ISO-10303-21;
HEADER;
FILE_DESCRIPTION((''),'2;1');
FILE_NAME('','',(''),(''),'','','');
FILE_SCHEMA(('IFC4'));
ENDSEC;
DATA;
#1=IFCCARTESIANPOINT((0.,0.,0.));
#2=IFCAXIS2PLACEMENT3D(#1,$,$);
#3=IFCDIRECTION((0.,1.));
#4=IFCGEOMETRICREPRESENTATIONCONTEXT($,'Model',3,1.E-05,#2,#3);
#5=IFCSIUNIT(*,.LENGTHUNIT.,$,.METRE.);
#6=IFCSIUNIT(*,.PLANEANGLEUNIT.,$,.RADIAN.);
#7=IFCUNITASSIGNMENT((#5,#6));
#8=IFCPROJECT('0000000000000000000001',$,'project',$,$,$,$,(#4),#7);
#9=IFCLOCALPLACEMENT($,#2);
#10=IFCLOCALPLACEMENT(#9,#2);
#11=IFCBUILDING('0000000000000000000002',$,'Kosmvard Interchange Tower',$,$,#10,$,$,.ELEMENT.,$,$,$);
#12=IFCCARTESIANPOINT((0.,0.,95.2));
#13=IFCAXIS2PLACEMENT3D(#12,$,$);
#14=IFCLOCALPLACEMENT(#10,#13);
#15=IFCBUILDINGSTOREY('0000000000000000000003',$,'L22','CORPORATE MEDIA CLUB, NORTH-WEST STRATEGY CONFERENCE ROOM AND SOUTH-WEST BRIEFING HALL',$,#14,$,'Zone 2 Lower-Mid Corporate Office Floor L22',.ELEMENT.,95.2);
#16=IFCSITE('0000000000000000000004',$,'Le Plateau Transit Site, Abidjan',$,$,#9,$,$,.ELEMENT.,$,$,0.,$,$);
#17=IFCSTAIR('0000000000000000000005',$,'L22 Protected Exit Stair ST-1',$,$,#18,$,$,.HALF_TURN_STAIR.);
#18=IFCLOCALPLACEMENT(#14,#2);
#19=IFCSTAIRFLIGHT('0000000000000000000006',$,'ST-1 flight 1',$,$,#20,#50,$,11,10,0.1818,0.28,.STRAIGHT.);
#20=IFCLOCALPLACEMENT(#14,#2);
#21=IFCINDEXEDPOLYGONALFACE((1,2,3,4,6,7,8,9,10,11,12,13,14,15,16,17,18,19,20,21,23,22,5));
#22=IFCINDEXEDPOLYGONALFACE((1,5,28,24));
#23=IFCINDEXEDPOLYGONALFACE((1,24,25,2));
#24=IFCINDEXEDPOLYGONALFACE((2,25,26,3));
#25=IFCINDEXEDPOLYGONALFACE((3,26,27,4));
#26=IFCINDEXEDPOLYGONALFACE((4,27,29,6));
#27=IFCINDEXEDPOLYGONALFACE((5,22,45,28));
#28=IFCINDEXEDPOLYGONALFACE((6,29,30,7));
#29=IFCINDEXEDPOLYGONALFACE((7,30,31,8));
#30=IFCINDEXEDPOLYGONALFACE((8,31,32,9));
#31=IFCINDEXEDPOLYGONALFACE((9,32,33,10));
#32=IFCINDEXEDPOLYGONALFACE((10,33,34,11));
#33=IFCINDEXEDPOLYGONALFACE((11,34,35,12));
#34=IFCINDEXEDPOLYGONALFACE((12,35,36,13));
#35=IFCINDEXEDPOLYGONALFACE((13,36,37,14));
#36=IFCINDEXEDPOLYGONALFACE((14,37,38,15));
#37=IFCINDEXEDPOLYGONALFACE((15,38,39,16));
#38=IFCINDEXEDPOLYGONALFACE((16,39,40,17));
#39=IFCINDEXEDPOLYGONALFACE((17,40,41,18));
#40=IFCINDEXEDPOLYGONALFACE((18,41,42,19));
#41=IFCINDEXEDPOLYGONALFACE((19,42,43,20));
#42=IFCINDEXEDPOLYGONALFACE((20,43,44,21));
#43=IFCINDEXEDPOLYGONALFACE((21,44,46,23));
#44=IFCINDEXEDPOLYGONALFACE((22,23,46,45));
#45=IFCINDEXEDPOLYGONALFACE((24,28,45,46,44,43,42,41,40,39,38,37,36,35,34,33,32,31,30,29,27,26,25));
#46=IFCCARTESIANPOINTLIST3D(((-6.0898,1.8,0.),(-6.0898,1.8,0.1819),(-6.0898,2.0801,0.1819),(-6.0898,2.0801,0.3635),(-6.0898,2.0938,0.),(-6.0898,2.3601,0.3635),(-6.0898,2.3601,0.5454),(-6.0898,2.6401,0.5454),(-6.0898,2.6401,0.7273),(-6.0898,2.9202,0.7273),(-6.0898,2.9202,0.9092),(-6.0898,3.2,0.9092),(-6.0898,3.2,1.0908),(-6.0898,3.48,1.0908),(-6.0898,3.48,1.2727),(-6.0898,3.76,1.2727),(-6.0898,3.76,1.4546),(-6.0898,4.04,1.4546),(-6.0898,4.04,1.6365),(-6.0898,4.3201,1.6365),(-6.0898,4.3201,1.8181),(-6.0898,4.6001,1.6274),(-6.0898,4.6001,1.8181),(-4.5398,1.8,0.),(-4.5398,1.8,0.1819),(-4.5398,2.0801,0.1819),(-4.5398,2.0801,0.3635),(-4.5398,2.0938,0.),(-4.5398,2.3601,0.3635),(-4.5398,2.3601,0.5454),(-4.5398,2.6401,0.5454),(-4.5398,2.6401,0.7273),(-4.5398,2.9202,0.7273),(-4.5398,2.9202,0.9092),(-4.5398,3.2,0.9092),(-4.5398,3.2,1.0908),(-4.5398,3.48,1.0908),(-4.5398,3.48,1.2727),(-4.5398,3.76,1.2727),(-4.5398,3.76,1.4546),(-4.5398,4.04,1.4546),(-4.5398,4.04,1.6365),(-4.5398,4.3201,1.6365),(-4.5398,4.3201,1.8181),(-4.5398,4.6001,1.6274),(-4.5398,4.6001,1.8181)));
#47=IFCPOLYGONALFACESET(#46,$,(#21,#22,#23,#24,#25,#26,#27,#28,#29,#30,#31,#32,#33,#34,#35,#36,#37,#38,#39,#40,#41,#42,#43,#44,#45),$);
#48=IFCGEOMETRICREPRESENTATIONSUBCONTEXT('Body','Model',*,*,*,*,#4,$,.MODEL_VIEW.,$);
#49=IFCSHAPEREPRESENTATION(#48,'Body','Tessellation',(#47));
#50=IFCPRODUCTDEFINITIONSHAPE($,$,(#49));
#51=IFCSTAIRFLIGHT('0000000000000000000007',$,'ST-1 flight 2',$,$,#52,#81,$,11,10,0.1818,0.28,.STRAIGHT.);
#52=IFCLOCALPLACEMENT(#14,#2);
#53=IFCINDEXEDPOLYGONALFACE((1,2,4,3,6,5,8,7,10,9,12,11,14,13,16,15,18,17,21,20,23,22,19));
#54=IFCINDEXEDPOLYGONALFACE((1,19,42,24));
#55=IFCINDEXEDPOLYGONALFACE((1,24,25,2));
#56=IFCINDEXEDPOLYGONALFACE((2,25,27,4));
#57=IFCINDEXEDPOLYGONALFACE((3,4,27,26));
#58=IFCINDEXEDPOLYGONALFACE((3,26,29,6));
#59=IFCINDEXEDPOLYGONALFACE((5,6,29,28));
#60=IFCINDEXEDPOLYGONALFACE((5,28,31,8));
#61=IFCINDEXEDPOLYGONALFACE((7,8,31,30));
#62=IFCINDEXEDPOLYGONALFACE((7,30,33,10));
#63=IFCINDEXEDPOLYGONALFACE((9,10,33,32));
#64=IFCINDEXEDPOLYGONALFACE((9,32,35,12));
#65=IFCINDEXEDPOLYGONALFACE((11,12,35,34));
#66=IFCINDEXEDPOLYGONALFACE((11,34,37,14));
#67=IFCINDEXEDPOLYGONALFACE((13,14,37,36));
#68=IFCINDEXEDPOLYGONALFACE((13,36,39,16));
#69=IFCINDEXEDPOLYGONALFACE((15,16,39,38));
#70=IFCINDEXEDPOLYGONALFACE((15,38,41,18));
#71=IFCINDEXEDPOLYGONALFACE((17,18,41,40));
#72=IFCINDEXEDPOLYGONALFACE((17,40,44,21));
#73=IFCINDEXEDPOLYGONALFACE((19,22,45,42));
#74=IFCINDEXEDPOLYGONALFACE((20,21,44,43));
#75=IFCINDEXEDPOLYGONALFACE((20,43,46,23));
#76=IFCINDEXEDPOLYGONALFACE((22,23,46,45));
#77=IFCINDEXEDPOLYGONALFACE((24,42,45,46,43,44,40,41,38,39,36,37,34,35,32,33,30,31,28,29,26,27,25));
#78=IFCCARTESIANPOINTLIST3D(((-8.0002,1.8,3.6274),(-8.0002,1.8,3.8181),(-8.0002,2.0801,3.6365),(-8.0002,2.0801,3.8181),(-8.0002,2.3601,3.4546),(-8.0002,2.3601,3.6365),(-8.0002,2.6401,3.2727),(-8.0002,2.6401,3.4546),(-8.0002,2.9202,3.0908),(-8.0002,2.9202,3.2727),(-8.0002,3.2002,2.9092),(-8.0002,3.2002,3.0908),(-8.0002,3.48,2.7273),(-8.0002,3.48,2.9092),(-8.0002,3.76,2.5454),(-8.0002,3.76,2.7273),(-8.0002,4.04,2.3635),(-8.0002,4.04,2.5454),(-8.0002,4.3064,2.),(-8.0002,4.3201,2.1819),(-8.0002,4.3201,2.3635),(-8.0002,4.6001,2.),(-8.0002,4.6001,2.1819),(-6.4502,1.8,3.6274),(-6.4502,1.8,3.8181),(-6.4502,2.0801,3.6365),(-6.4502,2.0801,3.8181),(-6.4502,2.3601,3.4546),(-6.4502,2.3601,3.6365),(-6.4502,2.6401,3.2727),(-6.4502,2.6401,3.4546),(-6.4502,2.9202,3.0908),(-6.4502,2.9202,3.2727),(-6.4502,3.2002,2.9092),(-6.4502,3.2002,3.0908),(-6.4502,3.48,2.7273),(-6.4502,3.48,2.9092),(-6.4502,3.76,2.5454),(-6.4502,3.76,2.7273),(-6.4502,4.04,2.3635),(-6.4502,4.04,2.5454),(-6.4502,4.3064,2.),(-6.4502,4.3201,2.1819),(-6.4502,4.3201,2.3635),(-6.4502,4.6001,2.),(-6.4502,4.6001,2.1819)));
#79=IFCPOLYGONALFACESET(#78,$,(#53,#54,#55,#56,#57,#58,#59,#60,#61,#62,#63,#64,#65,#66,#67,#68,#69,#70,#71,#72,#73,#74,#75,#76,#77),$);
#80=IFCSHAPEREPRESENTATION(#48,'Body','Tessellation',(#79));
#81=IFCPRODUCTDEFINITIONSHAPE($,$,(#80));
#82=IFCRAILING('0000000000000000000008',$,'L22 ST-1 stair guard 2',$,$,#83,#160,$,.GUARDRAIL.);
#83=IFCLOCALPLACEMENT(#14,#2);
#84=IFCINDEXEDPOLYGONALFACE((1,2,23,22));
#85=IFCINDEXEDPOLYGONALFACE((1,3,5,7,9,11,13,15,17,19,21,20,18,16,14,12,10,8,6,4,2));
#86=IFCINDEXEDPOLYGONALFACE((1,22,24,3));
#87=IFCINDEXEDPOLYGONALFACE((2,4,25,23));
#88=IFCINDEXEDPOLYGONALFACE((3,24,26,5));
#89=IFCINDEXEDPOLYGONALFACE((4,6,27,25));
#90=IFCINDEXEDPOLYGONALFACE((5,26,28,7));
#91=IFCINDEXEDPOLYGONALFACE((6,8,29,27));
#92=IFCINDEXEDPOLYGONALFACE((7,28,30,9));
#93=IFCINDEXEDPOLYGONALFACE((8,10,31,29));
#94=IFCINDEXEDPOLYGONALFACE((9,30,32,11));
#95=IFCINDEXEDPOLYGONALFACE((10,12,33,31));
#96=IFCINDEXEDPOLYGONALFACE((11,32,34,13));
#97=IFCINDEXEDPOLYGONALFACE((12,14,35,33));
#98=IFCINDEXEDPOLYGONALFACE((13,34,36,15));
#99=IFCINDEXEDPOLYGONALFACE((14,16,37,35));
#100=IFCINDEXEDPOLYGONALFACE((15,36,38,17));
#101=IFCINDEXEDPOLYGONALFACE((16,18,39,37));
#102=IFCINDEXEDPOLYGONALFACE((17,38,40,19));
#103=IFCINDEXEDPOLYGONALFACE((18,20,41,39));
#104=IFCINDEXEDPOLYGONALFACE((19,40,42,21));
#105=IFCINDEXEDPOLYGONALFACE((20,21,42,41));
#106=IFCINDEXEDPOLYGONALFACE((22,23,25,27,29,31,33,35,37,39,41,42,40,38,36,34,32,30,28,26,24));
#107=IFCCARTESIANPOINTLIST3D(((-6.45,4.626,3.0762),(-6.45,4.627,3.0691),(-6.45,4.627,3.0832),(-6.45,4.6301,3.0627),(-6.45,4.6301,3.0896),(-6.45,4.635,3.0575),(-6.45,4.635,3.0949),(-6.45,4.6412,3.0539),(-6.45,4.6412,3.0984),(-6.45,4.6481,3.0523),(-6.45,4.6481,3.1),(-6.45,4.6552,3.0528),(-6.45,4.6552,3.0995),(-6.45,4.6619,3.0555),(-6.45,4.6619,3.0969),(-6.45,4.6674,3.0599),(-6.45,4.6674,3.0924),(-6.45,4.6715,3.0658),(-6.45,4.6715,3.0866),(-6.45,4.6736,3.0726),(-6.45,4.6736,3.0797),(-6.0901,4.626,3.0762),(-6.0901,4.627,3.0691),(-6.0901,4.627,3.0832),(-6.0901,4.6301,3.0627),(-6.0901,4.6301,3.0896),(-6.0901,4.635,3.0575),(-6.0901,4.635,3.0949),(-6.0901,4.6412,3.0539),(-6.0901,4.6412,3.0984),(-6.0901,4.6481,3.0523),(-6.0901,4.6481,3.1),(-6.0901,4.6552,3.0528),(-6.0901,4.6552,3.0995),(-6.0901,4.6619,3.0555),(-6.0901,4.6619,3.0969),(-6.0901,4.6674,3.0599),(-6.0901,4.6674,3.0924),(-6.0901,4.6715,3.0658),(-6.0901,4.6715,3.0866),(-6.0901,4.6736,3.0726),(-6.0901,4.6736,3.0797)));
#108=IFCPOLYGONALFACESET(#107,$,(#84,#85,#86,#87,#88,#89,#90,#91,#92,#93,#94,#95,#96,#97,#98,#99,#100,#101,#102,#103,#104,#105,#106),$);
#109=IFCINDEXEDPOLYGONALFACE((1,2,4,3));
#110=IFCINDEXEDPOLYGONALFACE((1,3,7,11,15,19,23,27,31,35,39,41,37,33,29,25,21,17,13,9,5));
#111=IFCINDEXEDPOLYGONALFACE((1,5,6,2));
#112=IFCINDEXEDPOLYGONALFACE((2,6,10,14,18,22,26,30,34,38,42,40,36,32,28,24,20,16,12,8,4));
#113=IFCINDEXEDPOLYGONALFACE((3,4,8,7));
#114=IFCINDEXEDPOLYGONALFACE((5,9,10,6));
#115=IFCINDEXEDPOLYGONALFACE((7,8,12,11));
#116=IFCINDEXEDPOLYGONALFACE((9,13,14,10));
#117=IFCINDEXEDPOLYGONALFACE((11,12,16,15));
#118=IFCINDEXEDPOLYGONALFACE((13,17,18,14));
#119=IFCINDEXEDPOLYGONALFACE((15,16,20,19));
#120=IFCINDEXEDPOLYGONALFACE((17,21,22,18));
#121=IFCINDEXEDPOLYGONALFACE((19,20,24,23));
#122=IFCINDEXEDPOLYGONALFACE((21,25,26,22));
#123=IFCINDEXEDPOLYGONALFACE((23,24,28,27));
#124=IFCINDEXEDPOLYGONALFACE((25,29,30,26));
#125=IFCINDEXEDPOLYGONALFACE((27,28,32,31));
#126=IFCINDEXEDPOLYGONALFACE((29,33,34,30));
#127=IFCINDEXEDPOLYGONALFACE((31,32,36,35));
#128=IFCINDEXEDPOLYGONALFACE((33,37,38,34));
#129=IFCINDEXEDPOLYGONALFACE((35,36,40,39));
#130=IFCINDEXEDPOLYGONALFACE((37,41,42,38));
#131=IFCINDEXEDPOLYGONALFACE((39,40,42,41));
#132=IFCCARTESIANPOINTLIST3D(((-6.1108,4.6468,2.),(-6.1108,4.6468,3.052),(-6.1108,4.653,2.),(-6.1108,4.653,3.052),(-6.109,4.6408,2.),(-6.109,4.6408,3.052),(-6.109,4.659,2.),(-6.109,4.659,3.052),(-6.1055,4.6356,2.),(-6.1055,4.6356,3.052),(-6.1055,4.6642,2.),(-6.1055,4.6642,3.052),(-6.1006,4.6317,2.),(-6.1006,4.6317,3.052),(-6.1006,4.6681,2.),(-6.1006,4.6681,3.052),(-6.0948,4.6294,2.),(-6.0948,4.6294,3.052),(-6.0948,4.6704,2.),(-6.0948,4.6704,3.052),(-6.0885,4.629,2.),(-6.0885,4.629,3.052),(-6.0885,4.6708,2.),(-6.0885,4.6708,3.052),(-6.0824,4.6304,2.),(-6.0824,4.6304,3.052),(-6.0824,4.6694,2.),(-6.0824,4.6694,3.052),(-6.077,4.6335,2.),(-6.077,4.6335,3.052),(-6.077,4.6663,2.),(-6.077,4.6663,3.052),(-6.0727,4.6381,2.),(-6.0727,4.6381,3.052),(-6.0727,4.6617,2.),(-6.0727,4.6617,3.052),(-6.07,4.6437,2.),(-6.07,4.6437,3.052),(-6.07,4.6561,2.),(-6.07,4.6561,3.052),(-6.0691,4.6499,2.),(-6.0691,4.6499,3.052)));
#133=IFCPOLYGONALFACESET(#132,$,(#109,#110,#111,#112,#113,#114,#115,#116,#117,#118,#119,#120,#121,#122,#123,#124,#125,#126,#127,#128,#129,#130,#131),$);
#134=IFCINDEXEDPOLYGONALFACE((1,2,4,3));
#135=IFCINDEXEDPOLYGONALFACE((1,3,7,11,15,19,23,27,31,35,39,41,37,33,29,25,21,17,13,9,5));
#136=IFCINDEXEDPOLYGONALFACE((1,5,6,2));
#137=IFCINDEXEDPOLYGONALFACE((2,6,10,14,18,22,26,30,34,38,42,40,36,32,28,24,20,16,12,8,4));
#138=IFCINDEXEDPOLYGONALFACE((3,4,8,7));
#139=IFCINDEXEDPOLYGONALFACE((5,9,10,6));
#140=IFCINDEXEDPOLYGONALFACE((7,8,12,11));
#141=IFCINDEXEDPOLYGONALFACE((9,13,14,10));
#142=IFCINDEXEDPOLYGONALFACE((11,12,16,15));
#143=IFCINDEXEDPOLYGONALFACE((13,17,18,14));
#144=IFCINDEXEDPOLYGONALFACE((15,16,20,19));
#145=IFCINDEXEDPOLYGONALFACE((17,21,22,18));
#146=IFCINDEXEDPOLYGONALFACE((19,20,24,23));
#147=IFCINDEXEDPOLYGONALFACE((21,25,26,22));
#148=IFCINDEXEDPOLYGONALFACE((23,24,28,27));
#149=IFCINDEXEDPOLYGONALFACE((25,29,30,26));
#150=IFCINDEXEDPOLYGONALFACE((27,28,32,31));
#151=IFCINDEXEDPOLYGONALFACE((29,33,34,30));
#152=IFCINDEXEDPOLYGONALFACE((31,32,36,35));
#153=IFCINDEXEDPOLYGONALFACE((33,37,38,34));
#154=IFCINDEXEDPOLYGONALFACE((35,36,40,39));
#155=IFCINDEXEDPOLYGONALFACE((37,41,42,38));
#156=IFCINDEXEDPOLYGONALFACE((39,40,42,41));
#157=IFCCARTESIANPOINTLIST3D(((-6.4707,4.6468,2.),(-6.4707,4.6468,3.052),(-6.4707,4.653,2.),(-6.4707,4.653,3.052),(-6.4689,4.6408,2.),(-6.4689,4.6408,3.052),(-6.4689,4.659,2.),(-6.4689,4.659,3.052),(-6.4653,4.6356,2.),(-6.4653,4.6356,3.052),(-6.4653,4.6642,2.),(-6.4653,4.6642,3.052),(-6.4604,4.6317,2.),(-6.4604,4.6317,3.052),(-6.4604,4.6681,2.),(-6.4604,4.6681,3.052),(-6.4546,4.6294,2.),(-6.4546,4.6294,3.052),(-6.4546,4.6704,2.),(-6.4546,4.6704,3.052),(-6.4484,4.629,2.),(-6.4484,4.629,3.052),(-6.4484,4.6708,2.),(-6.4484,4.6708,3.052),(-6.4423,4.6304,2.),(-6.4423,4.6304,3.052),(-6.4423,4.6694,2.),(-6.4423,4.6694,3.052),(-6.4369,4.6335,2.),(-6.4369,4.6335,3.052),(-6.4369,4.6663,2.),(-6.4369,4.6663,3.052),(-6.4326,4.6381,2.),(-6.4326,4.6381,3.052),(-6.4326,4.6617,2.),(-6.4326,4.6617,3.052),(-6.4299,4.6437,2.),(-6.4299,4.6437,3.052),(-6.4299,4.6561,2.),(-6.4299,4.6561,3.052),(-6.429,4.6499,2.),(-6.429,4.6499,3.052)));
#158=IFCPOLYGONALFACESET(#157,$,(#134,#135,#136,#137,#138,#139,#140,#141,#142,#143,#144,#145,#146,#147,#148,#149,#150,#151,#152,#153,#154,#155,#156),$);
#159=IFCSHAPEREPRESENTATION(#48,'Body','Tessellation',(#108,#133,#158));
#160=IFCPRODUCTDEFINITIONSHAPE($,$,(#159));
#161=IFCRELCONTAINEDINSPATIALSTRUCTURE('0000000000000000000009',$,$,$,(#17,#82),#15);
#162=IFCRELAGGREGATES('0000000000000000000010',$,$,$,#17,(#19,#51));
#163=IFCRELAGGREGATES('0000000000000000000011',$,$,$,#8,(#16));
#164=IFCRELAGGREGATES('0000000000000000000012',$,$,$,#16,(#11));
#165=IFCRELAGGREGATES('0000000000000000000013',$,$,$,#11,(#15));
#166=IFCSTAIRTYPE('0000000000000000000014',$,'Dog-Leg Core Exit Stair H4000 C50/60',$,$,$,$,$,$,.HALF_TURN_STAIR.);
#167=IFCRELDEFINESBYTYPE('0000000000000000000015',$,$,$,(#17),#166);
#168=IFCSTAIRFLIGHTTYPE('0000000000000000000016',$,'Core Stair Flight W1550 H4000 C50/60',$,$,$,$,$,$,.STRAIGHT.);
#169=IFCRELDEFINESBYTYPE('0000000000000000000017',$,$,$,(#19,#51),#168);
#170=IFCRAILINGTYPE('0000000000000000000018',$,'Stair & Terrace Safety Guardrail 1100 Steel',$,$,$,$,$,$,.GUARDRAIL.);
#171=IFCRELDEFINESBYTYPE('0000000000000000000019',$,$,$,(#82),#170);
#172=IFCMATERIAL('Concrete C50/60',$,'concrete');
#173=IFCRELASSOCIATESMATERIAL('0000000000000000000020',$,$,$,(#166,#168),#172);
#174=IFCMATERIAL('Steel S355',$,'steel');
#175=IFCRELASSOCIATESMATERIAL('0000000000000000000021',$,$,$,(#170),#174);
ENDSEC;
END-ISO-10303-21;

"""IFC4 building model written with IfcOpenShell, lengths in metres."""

from ifc_helpers import new_model, si_unit, direction, frame, origin, origin_2d, place, context, subcontext, project, spatial, polyline, circle, outline, extrude, source, transform, mapped, material, type_object, element, aggregate, save


model = new_model("IFC4")

# Units and contexts
model_context = context("Model", 3, precision=1e-05, world=origin(), true_north=direction((0.0, 1.0)))
body_context = subcontext(model_context, "Body", "Model", "MODEL_VIEW")
ifc_project = project(units=[si_unit("LENGTHUNIT", "METRE"), si_unit("PLANEANGLEUNIT", "RADIAN")], contexts=[model_context])

# Site, building, storey
site_placement = place(None, origin())
site = spatial("IfcSite", under=ifc_project, at=site_placement, Name="Le Plateau Transit Site, Abidjan", CompositionType="ELEMENT", RefElevation=0.0)
building_placement = place(site_placement, origin())
building = spatial("IfcBuilding", under=site, at=building_placement, Name="Kosmvard Interchange Tower", CompositionType="ELEMENT")
storey_placement = place(building_placement, frame((0.0, 0.0, 95.2)))
storey = spatial("IfcBuildingStorey", under=building, at=storey_placement, Name="L22", Description="CORPORATE MEDIA CLUB, NORTH-WEST STRATEGY CONFERENCE ROOM AND SOUTH-WEST BRIEFING HALL", LongName="Zone 2 Lower-Mid Corporate Office Floor L22", CompositionType="ELEMENT", Elevation=95.2)

# Shared definitions
ifc_material_1 = material(Name="Steel S355", Category="steel")

# Stair, stair flights
ifc_material_2 = material(Name="Concrete C50/60", Category="concrete")
stair_type = type_object("IfcStairType", Name="Dog-Leg Core Exit Stair H4000 C50/60", PredefinedType="HALF_TURN_STAIR", material=ifc_material_2)
stair_placement = place(storey_placement, origin())
stair = element("IfcStair", 1, at=stair_placement, inside=storey, type_object=stair_type, Name="L22 Protected Exit Stair ST-1", PredefinedType="HALF_TURN_STAIR")
stair_flight_type = type_object("IfcStairFlightType", Name="Core Stair Flight W1550 H4000 C50/60", PredefinedType="STRAIGHT", material=ifc_material_2)
shared_shape_1 = source(origin(), body_context, "Body", "SweptSolid", [
    extrude(outline(polyline([(0.0, 0.0), (0.0, 0.1819), (0.28, 0.1819), (0.28, 0.3635), (0.5601, 0.3635), (0.5601, 0.5454), (0.8401, 0.5454), (0.8401, 0.7273), (1.1201, 0.7273), (1.1201, 0.9092), (1.3999, 0.9092), (1.3999, 1.0908), (1.6799, 1.0908), (1.6799, 1.2727), (1.96, 1.2727), (1.96, 1.4546), (2.24, 1.4546), (2.24, 1.6365), (2.52, 1.6365), (2.52, 1.8181), (2.8, 1.8181), (2.8, 2.0), (2.8, 1.6274), (0.2937, 0.0), (0.0, 0.0)])), frame((0.0, 0.7749, 0.0), z_axis=(0.0, -1.0, 0.0), x_axis=(1.0, 0.0, 0.0)), (0.0, 0.0, 1.0), 1.55),
])
stair_flight_1_placement = place(storey_placement, frame((-5.3149, 1.8, 0.0), z_axis=(0.0, 0.0, 1.0), x_axis=(0.0, 1.0, 0.0)))
stair_flight_1 = element("IfcStairFlight", 2, at=stair_flight_1_placement, type_object=stair_flight_type, Name="ST-1 flight 1", NumberOfRisers=11, NumberOfTreads=10, PredefinedType="STRAIGHT", RiserHeight=0.1818, TreadLength=0.28, context=body_context, shape_type="MappedRepresentation", body=[
    mapped(shared_shape_1, transform((0.0, 0.0, 0.0), scale=1.0)),
])
stair_flight_2_placement = place(storey_placement, frame((-7.2251, 4.6001, 2.0), z_axis=(0.0, 0.0, 1.0), x_axis=(0.0, -1.0, 0.0)))
stair_flight_2 = element("IfcStairFlight", 3, at=stair_flight_2_placement, type_object=stair_flight_type, Name="ST-1 flight 2", NumberOfRisers=11, NumberOfTreads=10, PredefinedType="STRAIGHT", RiserHeight=0.1818, TreadLength=0.28, context=body_context, shape_type="MappedRepresentation", body=[
    mapped(shared_shape_1, transform((0.0, 0.0, 0.0), scale=1.0)),
])
aggregate(stair, [stair_flight_1, stair_flight_2])

# Railing
railing_type_1 = type_object("IfcRailingType", Name="Stair & Terrace Safety Guardrail 1100 Steel", PredefinedType="GUARDRAIL", material=ifc_material_1)
shared_shape_2 = source(origin(), body_context, "Body", "SweptSolid", [
    extrude(circle(Radius=0.0239, at=origin_2d()), frame((0.0, 0.0, 1.0762), z_axis=(-1.0, 0.0, 0.0), x_axis=(0.0, -1.0, 0.0)), (0.0, 0.0, 1.0), 0.3599),
    extrude(circle(Radius=0.021, at=origin_2d()), origin(), (0.0, 0.0, 1.0), 1.052),
    extrude(circle(Radius=0.021, at=origin_2d()), frame((-0.3599, 0.0, 0.0)), (0.0, 0.0, 1.0), 1.052),
])
for number, where, name in (
    (4, (-6.0901, 4.6499, 2.0), "L22 ST-1 stair guard 2"),
):
    element("IfcRailing", number, at=place(storey_placement, frame(where)), inside=storey, type_object=railing_type_1, Name=name, PredefinedType="GUARDRAIL", context=body_context, shape_type="MappedRepresentation", body=[
        mapped(shared_shape_2, transform((0.0, 0.0, 0.0), scale=1.0)),
    ])

save(model, "model.ifc")
